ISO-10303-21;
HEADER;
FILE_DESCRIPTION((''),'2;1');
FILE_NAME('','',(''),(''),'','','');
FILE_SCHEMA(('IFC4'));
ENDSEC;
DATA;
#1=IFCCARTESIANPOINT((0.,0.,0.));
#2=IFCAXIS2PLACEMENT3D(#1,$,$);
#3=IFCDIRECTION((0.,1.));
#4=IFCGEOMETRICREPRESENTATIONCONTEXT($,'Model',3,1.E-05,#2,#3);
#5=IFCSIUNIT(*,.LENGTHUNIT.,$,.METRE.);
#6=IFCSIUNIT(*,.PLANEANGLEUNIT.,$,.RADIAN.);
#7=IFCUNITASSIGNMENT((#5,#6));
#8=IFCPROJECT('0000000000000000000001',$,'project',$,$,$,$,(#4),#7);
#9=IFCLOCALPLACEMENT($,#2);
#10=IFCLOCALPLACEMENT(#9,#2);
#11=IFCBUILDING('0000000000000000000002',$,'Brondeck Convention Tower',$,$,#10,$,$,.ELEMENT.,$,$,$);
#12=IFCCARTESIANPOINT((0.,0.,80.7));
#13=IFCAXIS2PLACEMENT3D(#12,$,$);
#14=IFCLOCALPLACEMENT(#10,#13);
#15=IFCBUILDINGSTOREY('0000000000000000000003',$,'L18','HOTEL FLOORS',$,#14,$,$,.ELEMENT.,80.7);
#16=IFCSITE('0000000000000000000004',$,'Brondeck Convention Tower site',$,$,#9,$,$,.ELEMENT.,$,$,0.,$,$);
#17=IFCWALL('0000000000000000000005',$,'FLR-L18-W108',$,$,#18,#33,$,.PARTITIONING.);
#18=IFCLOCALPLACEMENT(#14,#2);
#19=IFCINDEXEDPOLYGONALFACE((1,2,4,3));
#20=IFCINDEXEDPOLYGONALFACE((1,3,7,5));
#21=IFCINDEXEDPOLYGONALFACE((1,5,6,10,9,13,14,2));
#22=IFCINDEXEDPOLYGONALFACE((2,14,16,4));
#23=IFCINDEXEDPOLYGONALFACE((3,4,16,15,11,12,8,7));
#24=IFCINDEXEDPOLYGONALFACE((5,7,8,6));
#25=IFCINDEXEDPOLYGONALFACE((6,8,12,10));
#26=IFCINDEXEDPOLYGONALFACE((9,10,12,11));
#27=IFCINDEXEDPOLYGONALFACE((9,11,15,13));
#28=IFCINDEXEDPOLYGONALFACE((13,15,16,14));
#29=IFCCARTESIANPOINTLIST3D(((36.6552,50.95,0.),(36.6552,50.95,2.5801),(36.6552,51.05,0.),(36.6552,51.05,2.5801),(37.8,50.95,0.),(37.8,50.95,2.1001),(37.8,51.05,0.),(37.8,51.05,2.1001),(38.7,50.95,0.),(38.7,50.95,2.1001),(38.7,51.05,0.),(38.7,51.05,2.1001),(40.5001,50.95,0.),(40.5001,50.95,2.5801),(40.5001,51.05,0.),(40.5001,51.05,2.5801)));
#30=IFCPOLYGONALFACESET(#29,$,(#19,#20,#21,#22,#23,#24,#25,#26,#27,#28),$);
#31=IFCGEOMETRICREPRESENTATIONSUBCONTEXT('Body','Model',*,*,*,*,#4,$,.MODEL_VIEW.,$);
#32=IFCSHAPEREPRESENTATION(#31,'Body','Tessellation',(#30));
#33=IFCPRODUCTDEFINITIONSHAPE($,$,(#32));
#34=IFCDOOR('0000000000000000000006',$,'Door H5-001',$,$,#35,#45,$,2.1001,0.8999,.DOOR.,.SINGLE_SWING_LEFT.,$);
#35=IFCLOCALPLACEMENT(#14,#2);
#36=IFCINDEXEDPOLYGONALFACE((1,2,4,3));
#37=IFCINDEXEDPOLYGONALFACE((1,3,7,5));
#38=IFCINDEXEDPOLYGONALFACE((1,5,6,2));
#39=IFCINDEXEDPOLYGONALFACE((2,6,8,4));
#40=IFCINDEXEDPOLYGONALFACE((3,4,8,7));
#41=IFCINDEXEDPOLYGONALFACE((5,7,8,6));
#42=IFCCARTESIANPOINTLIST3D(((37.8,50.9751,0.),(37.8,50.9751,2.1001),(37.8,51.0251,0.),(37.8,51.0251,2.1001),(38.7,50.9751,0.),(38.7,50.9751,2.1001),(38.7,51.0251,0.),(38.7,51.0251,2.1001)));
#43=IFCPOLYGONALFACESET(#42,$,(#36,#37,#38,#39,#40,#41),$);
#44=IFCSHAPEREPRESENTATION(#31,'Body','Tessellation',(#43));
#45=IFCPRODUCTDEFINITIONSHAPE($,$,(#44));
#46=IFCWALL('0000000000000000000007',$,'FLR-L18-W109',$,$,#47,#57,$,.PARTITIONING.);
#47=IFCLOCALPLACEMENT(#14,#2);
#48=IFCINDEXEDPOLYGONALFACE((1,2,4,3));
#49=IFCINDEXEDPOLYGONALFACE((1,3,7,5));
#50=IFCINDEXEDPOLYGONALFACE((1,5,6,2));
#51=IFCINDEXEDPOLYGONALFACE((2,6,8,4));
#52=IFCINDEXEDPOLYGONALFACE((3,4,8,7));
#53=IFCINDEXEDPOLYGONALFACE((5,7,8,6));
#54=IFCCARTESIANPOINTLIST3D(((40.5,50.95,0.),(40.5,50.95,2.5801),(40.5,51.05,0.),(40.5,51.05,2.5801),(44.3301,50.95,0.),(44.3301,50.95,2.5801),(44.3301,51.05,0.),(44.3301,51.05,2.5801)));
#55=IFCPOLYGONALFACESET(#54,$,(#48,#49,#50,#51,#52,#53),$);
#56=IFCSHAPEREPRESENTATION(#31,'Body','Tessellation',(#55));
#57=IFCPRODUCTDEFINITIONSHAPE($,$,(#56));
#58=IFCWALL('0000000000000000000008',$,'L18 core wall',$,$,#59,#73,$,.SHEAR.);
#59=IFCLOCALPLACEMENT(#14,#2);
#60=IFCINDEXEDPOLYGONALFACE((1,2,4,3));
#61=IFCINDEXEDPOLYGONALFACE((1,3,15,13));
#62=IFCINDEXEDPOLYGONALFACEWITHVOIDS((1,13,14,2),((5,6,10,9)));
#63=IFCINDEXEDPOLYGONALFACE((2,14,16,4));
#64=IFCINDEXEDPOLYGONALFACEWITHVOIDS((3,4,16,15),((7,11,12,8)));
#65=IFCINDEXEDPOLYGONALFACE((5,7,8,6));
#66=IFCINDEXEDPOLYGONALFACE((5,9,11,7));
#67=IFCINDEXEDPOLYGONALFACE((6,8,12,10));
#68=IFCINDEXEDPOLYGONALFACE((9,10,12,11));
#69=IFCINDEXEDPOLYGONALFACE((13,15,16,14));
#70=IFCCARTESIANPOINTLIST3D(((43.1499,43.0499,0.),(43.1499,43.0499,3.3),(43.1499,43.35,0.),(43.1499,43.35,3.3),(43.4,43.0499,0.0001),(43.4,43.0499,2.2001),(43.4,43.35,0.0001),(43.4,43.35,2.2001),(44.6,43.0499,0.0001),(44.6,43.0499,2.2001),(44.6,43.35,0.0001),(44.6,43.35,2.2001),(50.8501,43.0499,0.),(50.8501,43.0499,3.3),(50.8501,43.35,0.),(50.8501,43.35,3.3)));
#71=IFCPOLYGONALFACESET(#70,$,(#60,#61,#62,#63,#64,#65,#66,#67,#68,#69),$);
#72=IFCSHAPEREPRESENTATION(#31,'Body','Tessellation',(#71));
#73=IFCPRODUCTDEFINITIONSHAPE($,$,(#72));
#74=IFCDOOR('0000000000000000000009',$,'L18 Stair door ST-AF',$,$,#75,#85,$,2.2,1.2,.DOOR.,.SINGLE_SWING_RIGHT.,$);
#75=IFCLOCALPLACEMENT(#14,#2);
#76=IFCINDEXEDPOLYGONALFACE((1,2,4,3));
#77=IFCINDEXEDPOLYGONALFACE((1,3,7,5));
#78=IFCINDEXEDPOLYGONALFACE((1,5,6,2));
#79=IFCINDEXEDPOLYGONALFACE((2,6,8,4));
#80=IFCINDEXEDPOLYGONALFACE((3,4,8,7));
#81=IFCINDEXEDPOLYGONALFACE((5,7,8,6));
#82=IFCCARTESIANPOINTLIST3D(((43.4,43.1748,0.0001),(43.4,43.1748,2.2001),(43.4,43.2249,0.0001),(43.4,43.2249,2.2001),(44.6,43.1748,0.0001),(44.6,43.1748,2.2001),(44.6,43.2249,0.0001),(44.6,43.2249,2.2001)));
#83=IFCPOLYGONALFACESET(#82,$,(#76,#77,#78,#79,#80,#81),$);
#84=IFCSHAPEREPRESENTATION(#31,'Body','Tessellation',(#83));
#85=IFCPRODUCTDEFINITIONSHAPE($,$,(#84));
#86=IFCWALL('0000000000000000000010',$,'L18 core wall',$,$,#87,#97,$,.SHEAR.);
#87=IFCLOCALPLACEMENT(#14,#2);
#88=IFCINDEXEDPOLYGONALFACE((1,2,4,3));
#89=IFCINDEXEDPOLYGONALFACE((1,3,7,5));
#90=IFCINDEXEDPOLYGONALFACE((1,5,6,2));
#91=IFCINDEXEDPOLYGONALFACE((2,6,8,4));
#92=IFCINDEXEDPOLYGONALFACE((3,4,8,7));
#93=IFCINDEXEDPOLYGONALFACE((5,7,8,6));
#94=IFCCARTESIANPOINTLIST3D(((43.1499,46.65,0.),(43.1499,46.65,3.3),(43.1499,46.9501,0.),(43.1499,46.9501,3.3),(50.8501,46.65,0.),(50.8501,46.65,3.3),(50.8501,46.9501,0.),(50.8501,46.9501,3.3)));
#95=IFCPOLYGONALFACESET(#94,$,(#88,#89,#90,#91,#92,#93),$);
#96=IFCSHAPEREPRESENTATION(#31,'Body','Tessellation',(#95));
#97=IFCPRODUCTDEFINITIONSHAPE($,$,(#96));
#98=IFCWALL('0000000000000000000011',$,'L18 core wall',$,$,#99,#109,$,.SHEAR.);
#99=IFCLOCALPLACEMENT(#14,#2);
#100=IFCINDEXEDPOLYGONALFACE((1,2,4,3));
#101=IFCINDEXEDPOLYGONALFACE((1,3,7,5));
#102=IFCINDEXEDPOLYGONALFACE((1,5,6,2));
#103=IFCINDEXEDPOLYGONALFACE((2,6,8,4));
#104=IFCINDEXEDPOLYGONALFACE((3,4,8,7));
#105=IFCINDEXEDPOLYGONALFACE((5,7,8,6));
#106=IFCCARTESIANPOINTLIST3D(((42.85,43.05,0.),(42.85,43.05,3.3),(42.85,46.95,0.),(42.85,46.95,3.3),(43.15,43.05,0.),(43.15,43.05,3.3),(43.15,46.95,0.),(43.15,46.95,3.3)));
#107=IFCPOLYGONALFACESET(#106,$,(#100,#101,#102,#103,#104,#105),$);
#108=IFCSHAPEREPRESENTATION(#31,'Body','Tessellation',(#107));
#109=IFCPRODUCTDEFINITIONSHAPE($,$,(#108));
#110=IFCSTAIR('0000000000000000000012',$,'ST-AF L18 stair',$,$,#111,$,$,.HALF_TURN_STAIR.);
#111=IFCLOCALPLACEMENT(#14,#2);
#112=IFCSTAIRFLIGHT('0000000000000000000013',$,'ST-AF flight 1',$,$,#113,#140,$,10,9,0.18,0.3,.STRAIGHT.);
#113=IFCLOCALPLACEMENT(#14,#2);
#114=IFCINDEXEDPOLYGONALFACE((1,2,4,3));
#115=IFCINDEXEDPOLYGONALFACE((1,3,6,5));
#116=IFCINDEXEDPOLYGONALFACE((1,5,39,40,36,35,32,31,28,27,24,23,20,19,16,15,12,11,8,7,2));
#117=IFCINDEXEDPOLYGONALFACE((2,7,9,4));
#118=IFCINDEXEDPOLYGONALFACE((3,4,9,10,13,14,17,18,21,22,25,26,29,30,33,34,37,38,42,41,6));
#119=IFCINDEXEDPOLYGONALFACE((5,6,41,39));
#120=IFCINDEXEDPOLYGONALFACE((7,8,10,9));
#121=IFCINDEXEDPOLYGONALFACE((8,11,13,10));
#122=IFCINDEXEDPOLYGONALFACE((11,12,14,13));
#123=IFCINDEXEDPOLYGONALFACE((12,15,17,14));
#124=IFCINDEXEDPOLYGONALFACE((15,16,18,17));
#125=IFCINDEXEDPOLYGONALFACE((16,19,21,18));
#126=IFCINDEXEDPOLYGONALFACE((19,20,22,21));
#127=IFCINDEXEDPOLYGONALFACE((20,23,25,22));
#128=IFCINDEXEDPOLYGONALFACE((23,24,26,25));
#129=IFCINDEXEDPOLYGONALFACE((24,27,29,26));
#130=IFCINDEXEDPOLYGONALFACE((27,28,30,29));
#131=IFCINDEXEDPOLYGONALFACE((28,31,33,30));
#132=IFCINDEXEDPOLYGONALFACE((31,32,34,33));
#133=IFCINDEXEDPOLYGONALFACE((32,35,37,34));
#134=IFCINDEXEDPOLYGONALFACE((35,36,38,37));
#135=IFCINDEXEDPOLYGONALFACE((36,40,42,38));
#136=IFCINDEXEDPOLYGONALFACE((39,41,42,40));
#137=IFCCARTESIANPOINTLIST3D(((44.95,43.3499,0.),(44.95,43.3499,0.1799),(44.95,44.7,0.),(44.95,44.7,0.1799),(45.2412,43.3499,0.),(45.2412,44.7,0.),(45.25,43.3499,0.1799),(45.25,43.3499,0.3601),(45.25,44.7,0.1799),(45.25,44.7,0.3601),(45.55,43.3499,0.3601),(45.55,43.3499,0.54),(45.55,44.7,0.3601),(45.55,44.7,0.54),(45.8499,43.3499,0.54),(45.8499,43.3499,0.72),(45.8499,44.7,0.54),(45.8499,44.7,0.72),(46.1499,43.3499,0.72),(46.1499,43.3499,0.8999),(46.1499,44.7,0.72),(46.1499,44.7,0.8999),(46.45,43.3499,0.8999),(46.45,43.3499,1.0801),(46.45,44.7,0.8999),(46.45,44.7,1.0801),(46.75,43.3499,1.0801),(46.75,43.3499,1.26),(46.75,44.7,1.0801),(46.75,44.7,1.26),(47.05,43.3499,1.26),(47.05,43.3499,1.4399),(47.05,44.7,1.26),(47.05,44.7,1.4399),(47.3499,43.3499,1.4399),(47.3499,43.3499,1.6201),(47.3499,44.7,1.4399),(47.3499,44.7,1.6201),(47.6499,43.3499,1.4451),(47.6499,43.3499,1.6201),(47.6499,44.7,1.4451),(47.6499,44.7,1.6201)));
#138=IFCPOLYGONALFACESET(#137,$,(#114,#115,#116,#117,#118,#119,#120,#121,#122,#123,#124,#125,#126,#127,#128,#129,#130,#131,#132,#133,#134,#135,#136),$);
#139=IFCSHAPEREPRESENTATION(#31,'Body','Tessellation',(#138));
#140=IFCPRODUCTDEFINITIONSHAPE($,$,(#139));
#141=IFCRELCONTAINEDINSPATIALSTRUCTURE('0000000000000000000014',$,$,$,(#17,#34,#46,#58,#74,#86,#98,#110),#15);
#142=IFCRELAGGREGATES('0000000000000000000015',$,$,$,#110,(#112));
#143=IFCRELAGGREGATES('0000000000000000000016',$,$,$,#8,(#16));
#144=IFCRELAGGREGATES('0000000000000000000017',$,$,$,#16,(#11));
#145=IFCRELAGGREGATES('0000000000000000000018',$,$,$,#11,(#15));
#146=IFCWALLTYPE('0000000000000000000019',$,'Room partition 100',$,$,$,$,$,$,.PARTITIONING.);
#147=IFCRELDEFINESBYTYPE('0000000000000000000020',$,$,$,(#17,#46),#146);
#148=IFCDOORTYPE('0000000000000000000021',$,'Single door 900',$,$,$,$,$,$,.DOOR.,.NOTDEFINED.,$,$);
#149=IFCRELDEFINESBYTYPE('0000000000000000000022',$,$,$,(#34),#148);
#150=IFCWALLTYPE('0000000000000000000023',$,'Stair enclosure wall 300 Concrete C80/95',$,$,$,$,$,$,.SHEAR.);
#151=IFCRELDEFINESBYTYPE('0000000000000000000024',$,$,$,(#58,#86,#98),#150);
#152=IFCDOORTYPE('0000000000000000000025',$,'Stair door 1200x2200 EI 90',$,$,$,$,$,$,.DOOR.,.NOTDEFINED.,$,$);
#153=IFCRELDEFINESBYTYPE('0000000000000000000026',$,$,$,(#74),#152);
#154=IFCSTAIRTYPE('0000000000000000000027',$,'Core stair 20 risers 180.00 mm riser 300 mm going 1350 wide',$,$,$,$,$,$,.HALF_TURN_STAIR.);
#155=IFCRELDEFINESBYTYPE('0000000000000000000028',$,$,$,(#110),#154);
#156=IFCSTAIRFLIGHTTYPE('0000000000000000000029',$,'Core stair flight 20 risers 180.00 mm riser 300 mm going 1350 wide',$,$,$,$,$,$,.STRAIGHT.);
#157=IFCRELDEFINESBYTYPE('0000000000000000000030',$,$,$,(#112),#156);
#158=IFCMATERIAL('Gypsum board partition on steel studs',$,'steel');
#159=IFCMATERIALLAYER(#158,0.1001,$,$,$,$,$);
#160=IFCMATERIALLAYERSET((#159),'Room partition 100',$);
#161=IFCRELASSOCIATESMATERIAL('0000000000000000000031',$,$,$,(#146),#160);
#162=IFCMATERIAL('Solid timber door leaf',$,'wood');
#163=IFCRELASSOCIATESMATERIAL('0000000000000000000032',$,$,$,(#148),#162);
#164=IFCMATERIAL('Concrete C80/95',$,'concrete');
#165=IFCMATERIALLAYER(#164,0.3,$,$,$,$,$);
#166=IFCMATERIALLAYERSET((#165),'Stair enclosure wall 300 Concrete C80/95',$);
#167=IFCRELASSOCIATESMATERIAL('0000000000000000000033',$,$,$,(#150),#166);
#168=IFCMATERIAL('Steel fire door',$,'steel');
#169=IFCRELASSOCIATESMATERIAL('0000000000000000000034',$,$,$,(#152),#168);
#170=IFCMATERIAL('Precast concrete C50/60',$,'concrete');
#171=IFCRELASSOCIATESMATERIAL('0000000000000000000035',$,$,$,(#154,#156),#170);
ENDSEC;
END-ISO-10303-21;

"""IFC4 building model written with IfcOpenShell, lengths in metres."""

from ifc_helpers import new_model, si_unit, direction, frame, frame_2d, origin, place, context, subcontext, project, spatial, polyline, rectangle, outline, extrude, material, layer, layer_set, type_object, element, fill, aggregate, save


model = new_model("IFC4")

# Units and contexts
model_context = context("Model", 3, precision=1e-05, world=origin(), true_north=direction((0.0, 1.0)))
body_context = subcontext(model_context, "Body", "Model", "MODEL_VIEW")
ifc_project = project(units=[si_unit("LENGTHUNIT", "METRE"), si_unit("PLANEANGLEUNIT", "RADIAN")], contexts=[model_context])

# Site, building, storey
site_placement = place(None, origin())
site = spatial("IfcSite", under=ifc_project, at=site_placement, Name="Brondeck Convention Tower site", CompositionType="ELEMENT", RefElevation=0.0)
building_placement = place(site_placement, origin())
building = spatial("IfcBuilding", under=site, at=building_placement, Name="Brondeck Convention Tower", CompositionType="ELEMENT")
storey_placement = place(building_placement, frame((0.0, 0.0, 80.7)))
storey = spatial("IfcBuildingStorey", under=building, at=storey_placement, Name="L18", Description="HOTEL FLOORS", CompositionType="ELEMENT", Elevation=80.7)

# Shared definitions
ifc_material_1 = material(Name="Concrete C80/95", Category="concrete")

# Shared definitions
ifc_material_2 = material(Name="Gypsum board partition on steel studs", Category="steel")
ifc_layer_1 = layer(ifc_material_2, 0.1001)
ifc_layer_set_1 = layer_set([ifc_layer_1], Name="Room partition 100")
wall_type_1 = type_object("IfcWallType", Name="Room partition 100", PredefinedType="PARTITIONING", material=ifc_layer_set_1)

# Wall, opening, door
ifc_material_3 = material(Name="Solid timber door leaf", Category="wood")
door_type_1 = type_object("IfcDoorType", Name="Single door 900", OperationType="NOTDEFINED", PredefinedType="DOOR", material=ifc_material_3)
wall_1_placement = place(storey_placement, frame((40.5, 51.0, 0.0), z_axis=(0.0, 0.0, 1.0), x_axis=(-1.0, 0.0, 0.0)))
wall_1 = element("IfcWall", 1, at=wall_1_placement, inside=storey, type_object=wall_type_1, Name="FLR-L18-W108", PredefinedType="PARTITIONING", context=body_context, shape_type="SweptSolid", body=[
    extrude(rectangle(XDim=3.845, YDim=0.1001, at=frame_2d((1.9224, 0.0))), origin(), (0.0, 0.0, 1.0), 2.5801),
])
opening_1_placement = place(wall_1_placement, frame((1.8, 0.0, 0.0)))
opening_1 = element("IfcOpeningElement", 2, at=opening_1_placement, cuts=wall_1, PredefinedType="OPENING", context=body_context, shape_type="SweptSolid", body=[
    extrude(rectangle(XDim=0.8999, YDim=2.1001, at=frame_2d((0.45, 1.05))), frame((0.0, 0.0601, 0.0), z_axis=(0.0, -1.0, 0.0), x_axis=(1.0, 0.0, 0.0)), (0.0, 0.0, 1.0), 0.1201),
])
door_1_placement = place(opening_1_placement, origin())
door_1 = element("IfcDoor", 3, at=door_1_placement, inside=storey, type_object=door_type_1, Name="Door H5-001", OperationType="SINGLE_SWING_LEFT", OverallHeight=2.1001, OverallWidth=0.8999, PredefinedType="DOOR", context=body_context, shape_type="SweptSolid", body=[
    extrude(rectangle(XDim=0.8999, YDim=2.1001, at=frame_2d((0.45, 1.05))), frame((0.0, 0.0249, 0.0), z_axis=(0.0, -1.0, 0.0), x_axis=(1.0, 0.0, 0.0)), (0.0, 0.0, 1.0), 0.05),
])
fill(opening_1, door_1)

# Wall
wall_2_placement = place(storey_placement, frame((44.3301, 51.0, 0.0), z_axis=(0.0, 0.0, 1.0), x_axis=(-1.0, 0.0, 0.0)))
element("IfcWall", 4, at=wall_2_placement, inside=storey, type_object=wall_type_1, Name="FLR-L18-W109", PredefinedType="PARTITIONING", context=body_context, shape_type="SweptSolid", body=[
    extrude(rectangle(XDim=3.8301, YDim=0.1001, at=frame_2d((1.915, 0.0))), origin(), (0.0, 0.0, 1.0), 2.5801),
])

# Wall, opening, door
ifc_layer_2 = layer(ifc_material_1, 0.3)
ifc_layer_set_2 = layer_set([ifc_layer_2], Name="Stair enclosure wall 300 Concrete C80/95")
wall_type_2 = type_object("IfcWallType", Name="Stair enclosure wall 300 Concrete C80/95", PredefinedType="SHEAR", material=ifc_layer_set_2)
wall_3_placement = place(storey_placement, frame((43.1499, 43.2, 0.0), z_axis=(0.0, 0.0, 1.0), x_axis=(1.0, 0.0, 0.0)))
wall_3 = element("IfcWall", 5, at=wall_3_placement, inside=storey, type_object=wall_type_2, Name="L18 core wall", PredefinedType="SHEAR", context=body_context, shape_type="SweptSolid", body=[
    extrude(rectangle(XDim=7.7002, YDim=0.3, at=frame_2d((3.8501, 0.0))), origin(), (0.0, 0.0, 1.0), 3.3),
])
opening_2_placement = place(wall_3_placement, frame((0.25, 0.0, 0.0)))
opening_2 = element("IfcOpeningElement", 6, at=opening_2_placement, cuts=wall_3, PredefinedType="OPENING", context=body_context, shape_type="SweptSolid", body=[
    extrude(rectangle(XDim=1.2, YDim=2.2, at=frame_2d((0.6001, 1.1001))), frame((0.0, 0.1599, 0.0), z_axis=(0.0, -1.0, 0.0), x_axis=(1.0, 0.0, 0.0)), (0.0, 0.0, 1.0), 0.3201),
])
ifc_material_4 = material(Name="Steel fire door", Category="steel")
door_type_2 = type_object("IfcDoorType", Name="Stair door 1200x2200 EI 90", OperationType="NOTDEFINED", PredefinedType="DOOR", material=ifc_material_4)
door_2_placement = place(opening_2_placement, origin())
door_2 = element("IfcDoor", 7, at=door_2_placement, inside=storey, type_object=door_type_2, Name="L18 Stair door ST-AF", OperationType="SINGLE_SWING_RIGHT", OverallHeight=2.2, OverallWidth=1.2, PredefinedType="DOOR", context=body_context, shape_type="SweptSolid", body=[
    extrude(rectangle(XDim=1.2, YDim=2.2, at=frame_2d((0.6001, 1.1001))), frame((0.0, 0.0249, 0.0), z_axis=(0.0, -1.0, 0.0), x_axis=(1.0, 0.0, 0.0)), (0.0, 0.0, 1.0), 0.05),
])
fill(opening_2, door_2)

# Walls
wall_4_placement = place(storey_placement, frame((43.1499, 46.8, 0.0), z_axis=(0.0, 0.0, 1.0), x_axis=(1.0, 0.0, 0.0)))
element("IfcWall", 8, at=wall_4_placement, inside=storey, type_object=wall_type_2, Name="L18 core wall", PredefinedType="SHEAR", context=body_context, shape_type="SweptSolid", body=[
    extrude(rectangle(XDim=7.7002, YDim=0.3, at=frame_2d((3.8501, 0.0))), origin(), (0.0, 0.0, 1.0), 3.3),
])
wall_5_placement = place(storey_placement, frame((43.0, 43.05, 0.0), z_axis=(0.0, 0.0, 1.0), x_axis=(0.0, 1.0, 0.0)))
element("IfcWall", 9, at=wall_5_placement, inside=storey, type_object=wall_type_2, Name="L18 core wall", PredefinedType="SHEAR", context=body_context, shape_type="SweptSolid", body=[
    extrude(rectangle(XDim=3.8999, YDim=0.3, at=frame_2d((1.95, 0.0))), origin(), (0.0, 0.0, 1.0), 3.3),
])

# Stair, stair flight
ifc_material_5 = material(Name="Precast concrete C50/60", Category="concrete")
stair_type = type_object("IfcStairType", Name="Core stair 20 risers 180.00 mm riser 300 mm going 1350 wide", PredefinedType="HALF_TURN_STAIR", material=ifc_material_5)
stair_placement = place(storey_placement, origin())
stair = element("IfcStair", 10, at=stair_placement, inside=storey, type_object=stair_type, Name="ST-AF L18 stair", PredefinedType="HALF_TURN_STAIR")
stair_flight_type = type_object("IfcStairFlightType", Name="Core stair flight 20 risers 180.00 mm riser 300 mm going 1350 wide", PredefinedType="STRAIGHT", material=ifc_material_5)
stair_flight_placement = place(storey_placement, frame((44.95, 44.0249, 0.0), z_axis=(0.0, 0.0, 1.0), x_axis=(1.0, 0.0, 0.0)))
stair_flight = element("IfcStairFlight", 11, at=stair_flight_placement, type_object=stair_flight_type, Name="ST-AF flight 1", NumberOfRisers=10, NumberOfTreads=9, PredefinedType="STRAIGHT", RiserHeight=0.18, TreadLength=0.3, context=body_context, shape_type="SweptSolid", body=[
    extrude(outline(polyline([(0.0, 0.0), (0.0, 0.1799), (0.3, 0.1799), (0.3, 0.3601), (0.6001, 0.3601), (0.6001, 0.54), (0.8999, 0.54), (0.8999, 0.72), (1.2, 0.72), (1.2, 0.8999), (1.5, 0.8999), (1.5, 1.0801), (1.8, 1.0801), (1.8, 1.26), (2.1001, 1.26), (2.1001, 1.4399), (2.3999, 1.4399), (2.3999, 1.6201), (2.7, 1.6201), (2.7, 1.8), (2.7, 1.4451), (0.2913, 0.0), (0.0, 0.0)])), frame((0.0, 0.675, 0.0), z_axis=(0.0, -1.0, 0.0), x_axis=(1.0, 0.0, 0.0)), (0.0, 0.0, 1.0), 1.3501),
])
aggregate(stair, [stair_flight])

save(model, "model.ifc")
